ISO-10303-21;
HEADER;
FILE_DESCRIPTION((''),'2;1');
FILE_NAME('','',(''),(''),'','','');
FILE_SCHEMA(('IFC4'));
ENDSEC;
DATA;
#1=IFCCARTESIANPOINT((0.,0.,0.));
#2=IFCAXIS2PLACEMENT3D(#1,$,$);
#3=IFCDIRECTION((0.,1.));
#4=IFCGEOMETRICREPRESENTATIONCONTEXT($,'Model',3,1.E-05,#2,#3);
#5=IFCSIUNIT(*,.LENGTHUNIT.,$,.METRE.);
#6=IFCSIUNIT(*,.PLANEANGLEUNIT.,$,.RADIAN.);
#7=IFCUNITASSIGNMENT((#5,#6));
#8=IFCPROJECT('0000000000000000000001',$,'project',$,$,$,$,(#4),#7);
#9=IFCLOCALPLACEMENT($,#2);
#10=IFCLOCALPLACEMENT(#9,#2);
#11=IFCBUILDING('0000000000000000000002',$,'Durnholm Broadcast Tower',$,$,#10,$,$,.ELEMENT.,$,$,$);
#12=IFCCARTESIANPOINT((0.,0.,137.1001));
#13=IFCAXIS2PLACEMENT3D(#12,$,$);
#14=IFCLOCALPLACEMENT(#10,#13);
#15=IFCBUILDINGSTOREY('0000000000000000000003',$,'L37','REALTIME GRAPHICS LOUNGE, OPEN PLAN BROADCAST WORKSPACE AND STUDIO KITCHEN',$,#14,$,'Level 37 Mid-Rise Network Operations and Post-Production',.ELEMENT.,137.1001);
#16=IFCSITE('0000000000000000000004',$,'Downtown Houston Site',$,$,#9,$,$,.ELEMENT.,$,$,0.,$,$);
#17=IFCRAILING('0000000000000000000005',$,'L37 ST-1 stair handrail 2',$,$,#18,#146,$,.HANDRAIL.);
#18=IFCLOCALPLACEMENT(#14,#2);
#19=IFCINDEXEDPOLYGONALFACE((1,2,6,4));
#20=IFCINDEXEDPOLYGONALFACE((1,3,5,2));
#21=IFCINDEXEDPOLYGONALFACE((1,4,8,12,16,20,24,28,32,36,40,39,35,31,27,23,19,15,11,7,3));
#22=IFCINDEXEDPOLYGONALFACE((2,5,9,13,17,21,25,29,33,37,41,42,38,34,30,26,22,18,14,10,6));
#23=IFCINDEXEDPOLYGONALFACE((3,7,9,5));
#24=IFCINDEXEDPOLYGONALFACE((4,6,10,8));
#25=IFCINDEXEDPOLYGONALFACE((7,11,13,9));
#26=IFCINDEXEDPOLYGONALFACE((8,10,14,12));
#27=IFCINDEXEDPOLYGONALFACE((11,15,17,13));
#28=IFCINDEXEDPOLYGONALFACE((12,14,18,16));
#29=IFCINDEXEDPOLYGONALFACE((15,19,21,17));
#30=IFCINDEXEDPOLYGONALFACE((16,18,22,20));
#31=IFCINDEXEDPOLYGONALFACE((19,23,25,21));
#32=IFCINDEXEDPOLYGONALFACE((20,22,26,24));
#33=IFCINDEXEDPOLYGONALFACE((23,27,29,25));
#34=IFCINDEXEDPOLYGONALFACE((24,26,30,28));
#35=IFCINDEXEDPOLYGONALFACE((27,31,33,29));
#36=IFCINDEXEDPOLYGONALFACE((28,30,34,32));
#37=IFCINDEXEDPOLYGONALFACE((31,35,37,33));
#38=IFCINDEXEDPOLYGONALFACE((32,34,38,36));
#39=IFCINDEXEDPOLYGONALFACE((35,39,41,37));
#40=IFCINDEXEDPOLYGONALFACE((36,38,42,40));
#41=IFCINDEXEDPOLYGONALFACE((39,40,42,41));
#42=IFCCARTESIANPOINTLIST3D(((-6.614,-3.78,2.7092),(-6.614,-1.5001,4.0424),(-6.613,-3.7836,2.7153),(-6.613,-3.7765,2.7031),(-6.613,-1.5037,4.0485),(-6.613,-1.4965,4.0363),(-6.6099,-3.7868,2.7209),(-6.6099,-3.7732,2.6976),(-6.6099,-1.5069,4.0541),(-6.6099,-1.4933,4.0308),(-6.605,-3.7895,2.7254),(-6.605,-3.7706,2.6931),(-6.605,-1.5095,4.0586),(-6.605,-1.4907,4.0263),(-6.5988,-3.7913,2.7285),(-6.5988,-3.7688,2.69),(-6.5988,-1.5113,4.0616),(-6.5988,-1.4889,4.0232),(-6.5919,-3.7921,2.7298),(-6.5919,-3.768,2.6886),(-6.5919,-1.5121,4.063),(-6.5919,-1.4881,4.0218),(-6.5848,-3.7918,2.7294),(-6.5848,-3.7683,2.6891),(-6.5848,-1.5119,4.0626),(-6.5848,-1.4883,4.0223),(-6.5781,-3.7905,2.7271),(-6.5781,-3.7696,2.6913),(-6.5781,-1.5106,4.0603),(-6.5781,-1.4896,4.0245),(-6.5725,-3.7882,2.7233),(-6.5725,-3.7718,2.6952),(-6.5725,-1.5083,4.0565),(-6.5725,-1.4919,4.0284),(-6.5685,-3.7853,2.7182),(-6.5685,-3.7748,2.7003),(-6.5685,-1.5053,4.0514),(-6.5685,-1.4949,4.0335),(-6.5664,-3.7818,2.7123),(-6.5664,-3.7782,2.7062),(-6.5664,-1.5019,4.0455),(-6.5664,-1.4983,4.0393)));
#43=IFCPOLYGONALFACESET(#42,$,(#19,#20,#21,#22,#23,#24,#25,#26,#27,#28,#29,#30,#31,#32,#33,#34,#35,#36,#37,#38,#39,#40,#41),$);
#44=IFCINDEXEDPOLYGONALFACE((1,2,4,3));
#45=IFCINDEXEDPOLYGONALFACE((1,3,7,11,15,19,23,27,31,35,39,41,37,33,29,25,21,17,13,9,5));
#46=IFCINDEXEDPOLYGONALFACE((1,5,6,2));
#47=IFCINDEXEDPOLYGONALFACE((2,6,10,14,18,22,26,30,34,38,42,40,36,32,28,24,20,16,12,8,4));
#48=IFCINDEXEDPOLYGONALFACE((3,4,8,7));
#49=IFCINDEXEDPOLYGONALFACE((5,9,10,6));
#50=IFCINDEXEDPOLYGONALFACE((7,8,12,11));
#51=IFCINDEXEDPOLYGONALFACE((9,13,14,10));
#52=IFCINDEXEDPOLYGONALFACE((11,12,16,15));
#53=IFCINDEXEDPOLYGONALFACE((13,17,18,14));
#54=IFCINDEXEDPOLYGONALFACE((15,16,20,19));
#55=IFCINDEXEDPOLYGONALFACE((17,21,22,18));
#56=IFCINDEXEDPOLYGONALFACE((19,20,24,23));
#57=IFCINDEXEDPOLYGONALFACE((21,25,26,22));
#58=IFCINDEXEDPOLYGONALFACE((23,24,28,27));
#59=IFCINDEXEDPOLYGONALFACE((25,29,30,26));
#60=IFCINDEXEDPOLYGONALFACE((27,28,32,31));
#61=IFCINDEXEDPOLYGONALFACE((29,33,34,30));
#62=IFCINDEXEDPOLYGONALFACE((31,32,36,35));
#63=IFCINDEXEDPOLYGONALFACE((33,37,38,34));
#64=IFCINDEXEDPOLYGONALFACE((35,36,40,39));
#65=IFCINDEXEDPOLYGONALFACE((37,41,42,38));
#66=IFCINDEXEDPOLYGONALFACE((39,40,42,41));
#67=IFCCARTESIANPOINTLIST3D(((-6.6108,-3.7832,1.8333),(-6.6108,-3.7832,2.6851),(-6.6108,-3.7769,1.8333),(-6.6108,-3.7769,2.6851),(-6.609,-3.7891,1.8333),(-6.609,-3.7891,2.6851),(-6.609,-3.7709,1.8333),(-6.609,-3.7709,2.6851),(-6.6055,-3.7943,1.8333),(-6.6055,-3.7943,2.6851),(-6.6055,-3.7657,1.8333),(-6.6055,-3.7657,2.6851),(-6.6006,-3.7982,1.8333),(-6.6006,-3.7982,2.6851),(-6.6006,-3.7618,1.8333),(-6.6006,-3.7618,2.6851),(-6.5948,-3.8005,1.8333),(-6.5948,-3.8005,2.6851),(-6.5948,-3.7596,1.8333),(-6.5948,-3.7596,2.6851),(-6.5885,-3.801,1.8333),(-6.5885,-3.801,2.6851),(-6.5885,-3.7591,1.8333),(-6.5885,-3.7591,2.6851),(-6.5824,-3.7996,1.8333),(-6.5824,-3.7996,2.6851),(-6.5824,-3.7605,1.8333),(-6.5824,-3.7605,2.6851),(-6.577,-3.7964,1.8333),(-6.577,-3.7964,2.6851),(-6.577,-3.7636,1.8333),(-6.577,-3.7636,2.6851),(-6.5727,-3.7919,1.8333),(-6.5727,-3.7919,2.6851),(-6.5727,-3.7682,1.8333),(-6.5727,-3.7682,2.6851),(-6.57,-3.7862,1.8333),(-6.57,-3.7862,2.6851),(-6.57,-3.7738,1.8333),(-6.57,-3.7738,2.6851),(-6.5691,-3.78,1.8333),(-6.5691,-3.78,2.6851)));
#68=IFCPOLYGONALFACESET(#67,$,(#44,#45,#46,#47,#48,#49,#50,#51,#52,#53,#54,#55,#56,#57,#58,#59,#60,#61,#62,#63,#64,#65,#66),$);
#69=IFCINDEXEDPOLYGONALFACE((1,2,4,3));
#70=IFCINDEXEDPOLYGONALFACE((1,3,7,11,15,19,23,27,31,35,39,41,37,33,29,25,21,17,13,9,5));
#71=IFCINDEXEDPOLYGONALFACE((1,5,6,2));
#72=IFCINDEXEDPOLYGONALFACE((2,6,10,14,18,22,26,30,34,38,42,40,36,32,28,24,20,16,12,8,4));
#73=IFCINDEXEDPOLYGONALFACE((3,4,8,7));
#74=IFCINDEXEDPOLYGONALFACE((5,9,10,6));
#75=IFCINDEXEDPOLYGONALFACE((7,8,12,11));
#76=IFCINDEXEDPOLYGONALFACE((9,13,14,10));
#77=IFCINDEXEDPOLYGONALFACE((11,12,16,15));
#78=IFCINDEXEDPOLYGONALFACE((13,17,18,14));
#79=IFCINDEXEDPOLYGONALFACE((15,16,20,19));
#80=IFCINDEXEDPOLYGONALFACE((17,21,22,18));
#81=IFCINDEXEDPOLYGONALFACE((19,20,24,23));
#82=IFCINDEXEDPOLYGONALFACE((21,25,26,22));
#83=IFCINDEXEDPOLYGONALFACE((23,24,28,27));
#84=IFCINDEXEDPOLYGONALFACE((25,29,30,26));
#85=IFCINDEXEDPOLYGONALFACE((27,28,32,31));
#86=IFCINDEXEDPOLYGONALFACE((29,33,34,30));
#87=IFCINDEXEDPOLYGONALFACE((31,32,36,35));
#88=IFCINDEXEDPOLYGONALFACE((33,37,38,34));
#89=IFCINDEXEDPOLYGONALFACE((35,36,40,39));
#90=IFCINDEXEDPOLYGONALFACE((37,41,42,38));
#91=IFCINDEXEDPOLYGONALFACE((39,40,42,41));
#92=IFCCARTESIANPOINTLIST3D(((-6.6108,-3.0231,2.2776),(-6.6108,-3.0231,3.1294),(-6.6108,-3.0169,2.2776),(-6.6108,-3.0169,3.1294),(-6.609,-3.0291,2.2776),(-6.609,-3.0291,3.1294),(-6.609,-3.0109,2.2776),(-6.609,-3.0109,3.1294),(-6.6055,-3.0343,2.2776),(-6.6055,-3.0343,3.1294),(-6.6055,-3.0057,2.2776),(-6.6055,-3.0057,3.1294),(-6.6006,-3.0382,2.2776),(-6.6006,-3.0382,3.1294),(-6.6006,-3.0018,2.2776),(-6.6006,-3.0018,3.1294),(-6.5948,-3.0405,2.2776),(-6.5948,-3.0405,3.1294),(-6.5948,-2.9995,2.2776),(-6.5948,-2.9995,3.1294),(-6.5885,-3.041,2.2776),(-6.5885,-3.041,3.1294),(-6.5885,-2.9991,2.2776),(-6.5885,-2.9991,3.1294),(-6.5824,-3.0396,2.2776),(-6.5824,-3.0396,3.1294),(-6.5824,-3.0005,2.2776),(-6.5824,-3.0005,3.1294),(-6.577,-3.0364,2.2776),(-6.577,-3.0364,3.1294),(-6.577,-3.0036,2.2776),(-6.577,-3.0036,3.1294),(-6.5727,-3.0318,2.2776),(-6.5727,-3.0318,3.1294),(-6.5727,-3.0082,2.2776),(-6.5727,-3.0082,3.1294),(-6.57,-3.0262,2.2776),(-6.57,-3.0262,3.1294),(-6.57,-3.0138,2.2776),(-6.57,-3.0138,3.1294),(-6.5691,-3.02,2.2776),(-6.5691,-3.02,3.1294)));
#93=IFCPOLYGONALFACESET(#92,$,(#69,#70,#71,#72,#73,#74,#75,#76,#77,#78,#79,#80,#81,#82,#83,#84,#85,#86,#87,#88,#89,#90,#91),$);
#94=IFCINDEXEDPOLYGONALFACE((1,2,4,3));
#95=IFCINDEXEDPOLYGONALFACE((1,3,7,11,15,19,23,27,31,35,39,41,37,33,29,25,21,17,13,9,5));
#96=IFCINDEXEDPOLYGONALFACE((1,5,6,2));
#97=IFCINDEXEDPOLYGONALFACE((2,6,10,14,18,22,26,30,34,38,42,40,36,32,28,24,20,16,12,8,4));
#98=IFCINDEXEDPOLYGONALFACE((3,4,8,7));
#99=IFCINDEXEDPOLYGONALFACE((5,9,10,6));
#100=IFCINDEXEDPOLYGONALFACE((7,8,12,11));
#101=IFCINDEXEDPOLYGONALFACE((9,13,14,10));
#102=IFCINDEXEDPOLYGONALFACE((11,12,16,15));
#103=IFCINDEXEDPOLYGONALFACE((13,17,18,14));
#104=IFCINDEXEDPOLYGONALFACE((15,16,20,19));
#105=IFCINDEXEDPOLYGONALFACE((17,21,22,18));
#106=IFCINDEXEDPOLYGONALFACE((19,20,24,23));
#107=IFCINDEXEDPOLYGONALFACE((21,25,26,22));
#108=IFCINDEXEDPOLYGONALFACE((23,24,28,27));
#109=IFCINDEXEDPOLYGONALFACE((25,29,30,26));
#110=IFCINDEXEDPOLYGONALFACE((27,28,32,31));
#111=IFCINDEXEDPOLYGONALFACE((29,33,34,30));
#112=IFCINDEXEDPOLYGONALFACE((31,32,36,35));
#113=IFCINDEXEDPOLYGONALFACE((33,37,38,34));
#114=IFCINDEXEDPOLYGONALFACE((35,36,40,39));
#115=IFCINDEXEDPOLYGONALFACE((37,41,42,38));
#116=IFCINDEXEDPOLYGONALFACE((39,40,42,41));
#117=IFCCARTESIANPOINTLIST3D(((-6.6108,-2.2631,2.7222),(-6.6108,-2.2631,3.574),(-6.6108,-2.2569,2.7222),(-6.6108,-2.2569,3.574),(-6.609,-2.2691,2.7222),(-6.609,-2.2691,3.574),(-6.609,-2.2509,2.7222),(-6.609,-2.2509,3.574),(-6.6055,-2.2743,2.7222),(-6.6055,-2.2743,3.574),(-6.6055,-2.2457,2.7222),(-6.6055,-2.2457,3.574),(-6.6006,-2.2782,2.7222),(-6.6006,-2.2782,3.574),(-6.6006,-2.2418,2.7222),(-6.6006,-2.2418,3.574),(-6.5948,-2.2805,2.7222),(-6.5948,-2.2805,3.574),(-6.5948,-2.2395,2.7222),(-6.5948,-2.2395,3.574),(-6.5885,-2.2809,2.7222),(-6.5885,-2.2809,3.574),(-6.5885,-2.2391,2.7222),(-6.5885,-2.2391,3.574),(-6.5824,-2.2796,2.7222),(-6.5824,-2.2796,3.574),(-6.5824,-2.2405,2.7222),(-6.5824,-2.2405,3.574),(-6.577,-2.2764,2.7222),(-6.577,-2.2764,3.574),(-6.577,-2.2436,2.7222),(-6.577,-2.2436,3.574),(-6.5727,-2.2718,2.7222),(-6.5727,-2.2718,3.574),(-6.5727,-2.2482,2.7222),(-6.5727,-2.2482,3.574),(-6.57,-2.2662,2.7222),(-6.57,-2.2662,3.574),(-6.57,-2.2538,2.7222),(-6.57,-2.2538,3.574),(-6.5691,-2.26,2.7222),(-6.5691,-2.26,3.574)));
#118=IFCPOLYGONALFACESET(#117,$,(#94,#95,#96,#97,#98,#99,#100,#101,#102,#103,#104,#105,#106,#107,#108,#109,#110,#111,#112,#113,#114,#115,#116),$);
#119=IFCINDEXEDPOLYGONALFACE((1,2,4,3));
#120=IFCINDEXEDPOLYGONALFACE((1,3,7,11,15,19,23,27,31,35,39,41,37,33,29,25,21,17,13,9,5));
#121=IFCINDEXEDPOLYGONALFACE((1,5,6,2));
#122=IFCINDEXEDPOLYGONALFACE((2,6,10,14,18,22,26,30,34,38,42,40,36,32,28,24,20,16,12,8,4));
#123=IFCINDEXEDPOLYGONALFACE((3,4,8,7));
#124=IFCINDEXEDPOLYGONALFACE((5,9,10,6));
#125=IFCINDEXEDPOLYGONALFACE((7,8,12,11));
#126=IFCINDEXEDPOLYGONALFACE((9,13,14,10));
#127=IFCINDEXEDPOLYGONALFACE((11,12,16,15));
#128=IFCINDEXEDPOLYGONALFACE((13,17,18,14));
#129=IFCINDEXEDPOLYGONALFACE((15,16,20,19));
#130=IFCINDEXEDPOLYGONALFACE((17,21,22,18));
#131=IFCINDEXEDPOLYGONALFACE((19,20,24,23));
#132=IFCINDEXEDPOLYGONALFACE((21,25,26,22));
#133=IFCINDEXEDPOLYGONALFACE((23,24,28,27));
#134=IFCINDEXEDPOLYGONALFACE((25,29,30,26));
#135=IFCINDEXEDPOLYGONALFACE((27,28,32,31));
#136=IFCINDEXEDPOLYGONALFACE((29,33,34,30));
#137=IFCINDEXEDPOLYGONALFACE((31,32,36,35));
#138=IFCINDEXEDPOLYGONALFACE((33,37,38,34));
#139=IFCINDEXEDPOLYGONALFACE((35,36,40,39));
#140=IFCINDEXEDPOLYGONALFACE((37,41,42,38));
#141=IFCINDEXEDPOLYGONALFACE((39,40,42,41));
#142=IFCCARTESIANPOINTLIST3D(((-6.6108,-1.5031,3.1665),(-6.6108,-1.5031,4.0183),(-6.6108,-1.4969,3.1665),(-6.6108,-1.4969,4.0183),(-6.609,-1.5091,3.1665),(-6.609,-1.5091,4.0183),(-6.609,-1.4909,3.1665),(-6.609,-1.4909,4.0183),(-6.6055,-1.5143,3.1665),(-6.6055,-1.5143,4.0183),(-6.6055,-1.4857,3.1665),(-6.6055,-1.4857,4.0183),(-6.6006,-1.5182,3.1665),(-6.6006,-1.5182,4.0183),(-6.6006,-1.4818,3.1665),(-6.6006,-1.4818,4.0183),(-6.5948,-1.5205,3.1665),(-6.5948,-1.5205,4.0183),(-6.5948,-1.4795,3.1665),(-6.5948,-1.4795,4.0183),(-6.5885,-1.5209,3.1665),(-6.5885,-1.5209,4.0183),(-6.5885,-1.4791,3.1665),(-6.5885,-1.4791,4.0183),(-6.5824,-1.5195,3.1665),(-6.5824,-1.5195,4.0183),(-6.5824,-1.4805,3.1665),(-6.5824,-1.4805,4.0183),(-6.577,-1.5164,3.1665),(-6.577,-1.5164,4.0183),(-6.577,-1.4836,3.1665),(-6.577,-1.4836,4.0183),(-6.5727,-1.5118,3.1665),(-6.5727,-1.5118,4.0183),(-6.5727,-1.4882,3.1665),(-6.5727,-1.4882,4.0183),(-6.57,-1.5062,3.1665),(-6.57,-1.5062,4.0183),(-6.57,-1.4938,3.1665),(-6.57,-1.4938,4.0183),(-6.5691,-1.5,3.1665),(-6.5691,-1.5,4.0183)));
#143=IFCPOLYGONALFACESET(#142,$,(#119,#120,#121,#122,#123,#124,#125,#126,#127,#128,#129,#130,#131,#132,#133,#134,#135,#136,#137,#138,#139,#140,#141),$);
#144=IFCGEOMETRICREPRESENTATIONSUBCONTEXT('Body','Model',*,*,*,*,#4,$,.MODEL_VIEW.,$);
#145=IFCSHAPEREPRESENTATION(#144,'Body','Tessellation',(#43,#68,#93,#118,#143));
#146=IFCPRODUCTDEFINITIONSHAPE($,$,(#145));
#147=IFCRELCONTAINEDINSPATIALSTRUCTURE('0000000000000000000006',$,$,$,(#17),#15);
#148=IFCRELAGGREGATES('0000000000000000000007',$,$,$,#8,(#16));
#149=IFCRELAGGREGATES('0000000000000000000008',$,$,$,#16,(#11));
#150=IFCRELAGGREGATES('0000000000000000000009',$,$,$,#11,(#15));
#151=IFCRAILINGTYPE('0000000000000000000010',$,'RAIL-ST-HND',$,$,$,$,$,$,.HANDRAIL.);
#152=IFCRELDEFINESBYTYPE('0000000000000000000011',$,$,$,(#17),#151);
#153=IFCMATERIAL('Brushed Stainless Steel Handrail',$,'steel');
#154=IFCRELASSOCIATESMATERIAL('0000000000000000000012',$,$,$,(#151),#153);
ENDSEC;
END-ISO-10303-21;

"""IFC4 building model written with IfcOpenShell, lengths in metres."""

from ifc_helpers import new_model, si_unit, direction, frame, origin, origin_2d, place, context, subcontext, project, spatial, circle, extrude, material, type_object, element, save


model = new_model("IFC4")

# Units and contexts
model_context = context("Model", 3, precision=1e-05, world=origin(), true_north=direction((0.0, 1.0)))
body_context = subcontext(model_context, "Body", "Model", "MODEL_VIEW")
ifc_project = project(units=[si_unit("LENGTHUNIT", "METRE"), si_unit("PLANEANGLEUNIT", "RADIAN")], contexts=[model_context])

# Site, building, storey
site_placement = place(None, origin())
site = spatial("IfcSite", under=ifc_project, at=site_placement, Name="Downtown Houston Site", CompositionType="ELEMENT", RefElevation=0.0)
building_placement = place(site_placement, origin())
building = spatial("IfcBuilding", under=site, at=building_placement, Name="Durnholm Broadcast Tower", CompositionType="ELEMENT")
storey_placement = place(building_placement, frame((0.0, 0.0, 137.1001)))
storey = spatial("IfcBuildingStorey", under=building, at=storey_placement, Name="L37", Description="REALTIME GRAPHICS LOUNGE, OPEN PLAN BROADCAST WORKSPACE AND STUDIO KITCHEN", LongName="Level 37 Mid-Rise Network Operations and Post-Production", CompositionType="ELEMENT", Elevation=137.1001)

# Railing
ifc_material_1 = material(Name="Brushed Stainless Steel Handrail", Category="steel")
railing_type_1 = type_object("IfcRailingType", Name="RAIL-ST-HND", PredefinedType="HANDRAIL", material=ifc_material_1)
railing_1_placement = place(storey_placement, frame((-6.5901, -3.78, 1.8333)))
element("IfcRailing", 1, at=railing_1_placement, inside=storey, type_object=railing_type_1, Name="L37 ST-1 stair handrail 2", PredefinedType="HANDRAIL", context=body_context, shape_type="SweptSolid", body=[
    extrude(circle(Radius=0.0239, at=origin_2d()), frame((0.0, 0.0, 0.876), z_axis=(0.0, 0.863245, 0.504785), x_axis=(-1.0, 0.0, 0.0)), (0.0, 0.0, 1.0), 2.6411),
    extrude(circle(Radius=0.021, at=origin_2d()), origin(), (0.0, 0.0, 1.0), 0.8518),
    extrude(circle(Radius=0.021, at=origin_2d()), frame((0.0, 0.76, 0.4443)), (0.0, 0.0, 1.0), 0.8518),
    extrude(circle(Radius=0.021, at=origin_2d()), frame((0.0, 1.52, 0.8889)), (0.0, 0.0, 1.0), 0.8518),
    extrude(circle(Radius=0.021, at=origin_2d()), frame((0.0, 2.28, 1.3333)), (0.0, 0.0, 1.0), 0.8518),
])

save(model, "model.ifc")
